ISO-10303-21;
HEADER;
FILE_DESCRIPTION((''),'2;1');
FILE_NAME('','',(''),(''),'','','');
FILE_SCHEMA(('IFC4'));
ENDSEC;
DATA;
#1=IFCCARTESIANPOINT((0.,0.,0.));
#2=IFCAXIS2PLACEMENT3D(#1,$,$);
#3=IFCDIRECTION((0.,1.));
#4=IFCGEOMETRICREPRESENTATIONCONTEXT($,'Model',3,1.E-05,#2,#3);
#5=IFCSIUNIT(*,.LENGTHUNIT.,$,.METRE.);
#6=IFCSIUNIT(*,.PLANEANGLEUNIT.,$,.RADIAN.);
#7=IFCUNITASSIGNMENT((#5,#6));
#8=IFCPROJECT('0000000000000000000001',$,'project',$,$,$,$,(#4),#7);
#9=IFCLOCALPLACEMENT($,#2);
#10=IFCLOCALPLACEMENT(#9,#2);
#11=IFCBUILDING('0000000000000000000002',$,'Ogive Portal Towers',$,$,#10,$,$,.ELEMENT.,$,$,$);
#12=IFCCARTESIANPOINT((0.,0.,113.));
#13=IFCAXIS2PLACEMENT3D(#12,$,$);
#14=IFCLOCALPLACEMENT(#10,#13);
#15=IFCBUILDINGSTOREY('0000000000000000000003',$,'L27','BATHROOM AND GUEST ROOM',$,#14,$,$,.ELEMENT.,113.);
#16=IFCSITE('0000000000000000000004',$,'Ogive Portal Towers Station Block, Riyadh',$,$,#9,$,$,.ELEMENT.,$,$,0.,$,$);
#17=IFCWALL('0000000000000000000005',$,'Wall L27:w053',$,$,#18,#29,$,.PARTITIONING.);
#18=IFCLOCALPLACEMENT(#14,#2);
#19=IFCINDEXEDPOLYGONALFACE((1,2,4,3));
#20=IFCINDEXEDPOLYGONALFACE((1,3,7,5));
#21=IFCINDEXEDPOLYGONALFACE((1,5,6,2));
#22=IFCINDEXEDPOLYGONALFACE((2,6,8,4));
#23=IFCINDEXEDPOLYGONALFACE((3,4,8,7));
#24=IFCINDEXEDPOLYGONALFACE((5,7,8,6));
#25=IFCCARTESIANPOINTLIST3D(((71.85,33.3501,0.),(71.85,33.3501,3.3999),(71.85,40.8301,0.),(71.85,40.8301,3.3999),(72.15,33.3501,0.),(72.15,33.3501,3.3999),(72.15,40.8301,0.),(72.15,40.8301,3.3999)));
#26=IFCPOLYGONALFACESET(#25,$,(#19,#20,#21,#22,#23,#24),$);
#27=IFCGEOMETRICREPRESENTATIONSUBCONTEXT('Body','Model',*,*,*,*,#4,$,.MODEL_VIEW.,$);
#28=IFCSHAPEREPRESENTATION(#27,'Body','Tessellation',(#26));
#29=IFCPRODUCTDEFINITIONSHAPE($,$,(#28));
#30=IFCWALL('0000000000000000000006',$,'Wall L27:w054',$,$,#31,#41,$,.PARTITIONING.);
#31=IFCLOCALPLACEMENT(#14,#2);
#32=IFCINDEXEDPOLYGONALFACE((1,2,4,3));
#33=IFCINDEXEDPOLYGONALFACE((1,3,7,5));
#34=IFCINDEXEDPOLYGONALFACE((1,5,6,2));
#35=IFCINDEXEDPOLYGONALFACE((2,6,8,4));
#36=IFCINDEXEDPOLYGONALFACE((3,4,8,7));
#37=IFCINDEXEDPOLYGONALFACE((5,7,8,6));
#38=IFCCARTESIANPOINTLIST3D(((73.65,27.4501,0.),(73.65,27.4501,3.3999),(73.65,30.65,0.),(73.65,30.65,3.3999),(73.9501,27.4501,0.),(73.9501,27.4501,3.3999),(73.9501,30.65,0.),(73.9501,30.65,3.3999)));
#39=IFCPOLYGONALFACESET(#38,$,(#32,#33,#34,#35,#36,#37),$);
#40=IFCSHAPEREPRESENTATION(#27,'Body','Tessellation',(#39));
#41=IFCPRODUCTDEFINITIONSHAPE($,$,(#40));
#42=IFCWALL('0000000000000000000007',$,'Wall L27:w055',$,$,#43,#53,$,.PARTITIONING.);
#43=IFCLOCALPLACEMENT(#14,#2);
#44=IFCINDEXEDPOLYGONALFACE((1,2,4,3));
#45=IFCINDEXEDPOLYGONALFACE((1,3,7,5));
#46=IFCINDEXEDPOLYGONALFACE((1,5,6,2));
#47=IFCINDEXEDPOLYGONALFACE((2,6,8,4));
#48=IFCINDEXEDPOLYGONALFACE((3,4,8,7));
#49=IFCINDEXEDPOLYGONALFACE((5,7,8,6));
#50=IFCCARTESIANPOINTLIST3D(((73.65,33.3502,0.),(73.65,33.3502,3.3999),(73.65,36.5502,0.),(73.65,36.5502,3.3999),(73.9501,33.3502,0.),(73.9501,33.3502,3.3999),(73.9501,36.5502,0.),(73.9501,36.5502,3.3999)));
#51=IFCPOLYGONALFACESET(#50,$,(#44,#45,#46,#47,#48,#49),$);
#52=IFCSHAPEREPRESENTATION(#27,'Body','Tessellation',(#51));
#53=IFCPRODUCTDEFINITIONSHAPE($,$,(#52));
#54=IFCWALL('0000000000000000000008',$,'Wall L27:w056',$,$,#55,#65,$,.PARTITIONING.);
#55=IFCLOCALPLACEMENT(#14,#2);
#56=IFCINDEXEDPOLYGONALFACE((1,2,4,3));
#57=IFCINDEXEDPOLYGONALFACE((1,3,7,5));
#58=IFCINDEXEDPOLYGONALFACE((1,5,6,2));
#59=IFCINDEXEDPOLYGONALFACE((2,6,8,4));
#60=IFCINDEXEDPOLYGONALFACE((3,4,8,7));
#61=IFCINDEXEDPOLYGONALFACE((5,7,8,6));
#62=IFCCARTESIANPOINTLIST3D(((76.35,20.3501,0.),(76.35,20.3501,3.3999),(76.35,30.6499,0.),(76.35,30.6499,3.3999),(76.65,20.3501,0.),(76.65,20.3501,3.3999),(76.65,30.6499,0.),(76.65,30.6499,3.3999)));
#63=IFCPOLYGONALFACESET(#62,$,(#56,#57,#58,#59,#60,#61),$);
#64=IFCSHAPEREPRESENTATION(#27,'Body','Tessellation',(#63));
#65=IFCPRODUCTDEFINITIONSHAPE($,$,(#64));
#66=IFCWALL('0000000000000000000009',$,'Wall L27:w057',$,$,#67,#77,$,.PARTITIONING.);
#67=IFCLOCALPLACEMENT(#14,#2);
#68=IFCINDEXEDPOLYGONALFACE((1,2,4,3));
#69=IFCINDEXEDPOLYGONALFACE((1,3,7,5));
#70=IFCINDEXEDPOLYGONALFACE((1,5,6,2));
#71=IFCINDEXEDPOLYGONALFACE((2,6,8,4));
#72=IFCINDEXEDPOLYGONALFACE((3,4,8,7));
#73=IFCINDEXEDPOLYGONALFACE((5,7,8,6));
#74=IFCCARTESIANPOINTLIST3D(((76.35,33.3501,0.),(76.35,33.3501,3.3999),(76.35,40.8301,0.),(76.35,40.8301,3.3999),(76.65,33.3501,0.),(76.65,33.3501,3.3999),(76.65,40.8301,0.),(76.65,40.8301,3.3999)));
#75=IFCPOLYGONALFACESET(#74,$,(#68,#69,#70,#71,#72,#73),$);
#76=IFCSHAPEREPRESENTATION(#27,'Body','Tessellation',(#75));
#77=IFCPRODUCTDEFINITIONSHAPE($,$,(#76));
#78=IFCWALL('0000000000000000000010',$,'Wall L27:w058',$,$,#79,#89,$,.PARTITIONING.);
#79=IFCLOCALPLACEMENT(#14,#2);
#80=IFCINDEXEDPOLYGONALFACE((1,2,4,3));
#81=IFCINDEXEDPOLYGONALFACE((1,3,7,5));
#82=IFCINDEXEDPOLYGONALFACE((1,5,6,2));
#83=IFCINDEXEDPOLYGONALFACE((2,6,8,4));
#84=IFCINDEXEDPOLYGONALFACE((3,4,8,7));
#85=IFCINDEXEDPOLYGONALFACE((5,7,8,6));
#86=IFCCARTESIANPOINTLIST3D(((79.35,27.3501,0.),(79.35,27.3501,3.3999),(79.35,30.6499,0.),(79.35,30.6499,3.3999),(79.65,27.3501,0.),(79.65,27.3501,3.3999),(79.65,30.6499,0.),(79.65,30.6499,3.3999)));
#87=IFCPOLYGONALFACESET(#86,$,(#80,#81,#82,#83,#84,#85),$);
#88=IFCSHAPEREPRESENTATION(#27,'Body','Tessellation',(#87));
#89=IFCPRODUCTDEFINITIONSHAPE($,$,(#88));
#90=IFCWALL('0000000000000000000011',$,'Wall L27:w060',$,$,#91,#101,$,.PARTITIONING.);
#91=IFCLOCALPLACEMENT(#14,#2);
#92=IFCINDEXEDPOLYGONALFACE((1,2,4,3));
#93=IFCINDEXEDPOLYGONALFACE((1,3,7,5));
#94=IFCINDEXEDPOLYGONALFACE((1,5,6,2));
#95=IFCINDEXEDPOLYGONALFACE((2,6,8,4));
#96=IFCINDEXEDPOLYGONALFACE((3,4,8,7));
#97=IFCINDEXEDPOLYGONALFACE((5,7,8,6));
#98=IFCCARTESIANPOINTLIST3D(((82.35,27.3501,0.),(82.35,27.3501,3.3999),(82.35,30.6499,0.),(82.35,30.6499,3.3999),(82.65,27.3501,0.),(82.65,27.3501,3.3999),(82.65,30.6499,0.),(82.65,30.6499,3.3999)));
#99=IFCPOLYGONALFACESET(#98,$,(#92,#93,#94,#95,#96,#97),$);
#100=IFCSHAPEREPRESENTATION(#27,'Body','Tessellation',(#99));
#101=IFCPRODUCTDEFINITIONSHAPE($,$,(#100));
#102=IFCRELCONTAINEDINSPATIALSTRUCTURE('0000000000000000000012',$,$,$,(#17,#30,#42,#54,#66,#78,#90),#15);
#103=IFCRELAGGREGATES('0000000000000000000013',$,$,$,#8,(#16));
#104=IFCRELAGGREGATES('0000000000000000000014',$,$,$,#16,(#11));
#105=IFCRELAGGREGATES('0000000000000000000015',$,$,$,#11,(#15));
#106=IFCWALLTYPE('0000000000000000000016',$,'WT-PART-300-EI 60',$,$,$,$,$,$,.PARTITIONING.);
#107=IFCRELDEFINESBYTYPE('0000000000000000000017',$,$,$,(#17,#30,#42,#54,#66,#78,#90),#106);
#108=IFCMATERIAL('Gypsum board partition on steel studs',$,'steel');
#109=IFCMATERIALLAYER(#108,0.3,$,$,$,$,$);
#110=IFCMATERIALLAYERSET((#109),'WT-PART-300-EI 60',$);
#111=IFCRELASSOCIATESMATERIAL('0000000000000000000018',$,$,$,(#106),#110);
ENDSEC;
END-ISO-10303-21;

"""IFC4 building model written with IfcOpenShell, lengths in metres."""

from ifc_helpers import new_model, si_unit, direction, frame, frame_2d, origin, place, context, subcontext, project, spatial, rectangle, extrude, material, layer, layer_set, type_object, element, save


model = new_model("IFC4")

# Units and contexts
model_context = context("Model", 3, precision=1e-05, world=origin(), true_north=direction((0.0, 1.0)))
body_context = subcontext(model_context, "Body", "Model", "MODEL_VIEW")
ifc_project = project(units=[si_unit("LENGTHUNIT", "METRE"), si_unit("PLANEANGLEUNIT", "RADIAN")], contexts=[model_context])

# Site, building, storey
site_placement = place(None, origin())
site = spatial("IfcSite", under=ifc_project, at=site_placement, Name="Ogive Portal Towers Station Block, Riyadh", CompositionType="ELEMENT", RefElevation=0.0)
building_placement = place(site_placement, origin())
building = spatial("IfcBuilding", under=site, at=building_placement, Name="Ogive Portal Towers", CompositionType="ELEMENT")
storey_placement = place(building_placement, frame((0.0, 0.0, 113.0)))
storey = spatial("IfcBuildingStorey", under=building, at=storey_placement, Name="L27", Description="BATHROOM AND GUEST ROOM", CompositionType="ELEMENT", Elevation=113.0)

# Shared definitions
ifc_material_1 = material(Name="Gypsum board partition on steel studs", Category="steel")
ifc_layer = layer(ifc_material_1, 0.3)
ifc_layer_set = layer_set([ifc_layer], Name="WT-PART-300-EI 60")
wall_type = type_object("IfcWallType", Name="WT-PART-300-EI 60", PredefinedType="PARTITIONING", material=ifc_layer_set)

# Walls
wall_1_placement = place(storey_placement, frame((72.0, 33.3501, 0.0), z_axis=(0.0, 0.0, 1.0), x_axis=(0.0, 1.0, 0.0)))
element("IfcWall", 1, at=wall_1_placement, inside=storey, type_object=wall_type, Name="Wall L27:w053", PredefinedType="PARTITIONING", context=body_context, shape_type="SweptSolid", body=[
    extrude(rectangle(XDim=7.48, YDim=0.3, at=frame_2d((3.74, 0.0))), origin(), (0.0, 0.0, 1.0), 3.3999),
])
for number, where, z_axis, x_axis, name in (
    (2, (73.8, 27.45, 0.0), (0.0, 0.0, 1.0), (0.0, 1.0, 0.0), "Wall L27:w054"),
    (3, (73.8, 33.3501, 0.0), (0.0, 0.0, 1.0), (0.0, 1.0, 0.0), "Wall L27:w055"),
):
    element("IfcWall", number, at=place(storey_placement, frame(where, z_axis=z_axis, x_axis=x_axis)), inside=storey, type_object=wall_type, Name=name, PredefinedType="PARTITIONING", context=body_context, shape_type="SweptSolid", body=[
        extrude(rectangle(XDim=3.2, YDim=0.3, at=frame_2d((1.6001, 0.0))), origin(), (0.0, 0.0, 1.0), 3.3999),
    ])
wall_2_placement = place(storey_placement, frame((76.5, 20.3501, 0.0), z_axis=(0.0, 0.0, 1.0), x_axis=(0.0, 1.0, 0.0)))
element("IfcWall", 4, at=wall_2_placement, inside=storey, type_object=wall_type, Name="Wall L27:w056", PredefinedType="PARTITIONING", context=body_context, shape_type="SweptSolid", body=[
    extrude(rectangle(XDim=10.2998, YDim=0.3, at=frame_2d((5.1499, 0.0))), origin(), (0.0, 0.0, 1.0), 3.3999),
])
wall_3_placement = place(storey_placement, frame((76.5, 33.3501, 0.0), z_axis=(0.0, 0.0, 1.0), x_axis=(0.0, 1.0, 0.0)))
element("IfcWall", 5, at=wall_3_placement, inside=storey, type_object=wall_type, Name="Wall L27:w057", PredefinedType="PARTITIONING", context=body_context, shape_type="SweptSolid", body=[
    extrude(rectangle(XDim=7.48, YDim=0.3, at=frame_2d((3.74, 0.0))), origin(), (0.0, 0.0, 1.0), 3.3999),
])
for number, where, z_axis, x_axis, name in (
    (6, (79.5, 27.3501, 0.0), (0.0, 0.0, 1.0), (0.0, 1.0, 0.0), "Wall L27:w058"),
    (7, (82.5, 27.3501, 0.0), (0.0, 0.0, 1.0), (0.0, 1.0, 0.0), "Wall L27:w060"),
):
    element("IfcWall", number, at=place(storey_placement, frame(where, z_axis=z_axis, x_axis=x_axis)), inside=storey, type_object=wall_type, Name=name, PredefinedType="PARTITIONING", context=body_context, shape_type="SweptSolid", body=[
        extrude(rectangle(XDim=3.2998, YDim=0.3, at=frame_2d((1.6499, 0.0))), origin(), (0.0, 0.0, 1.0), 3.3999),
    ])

save(model, "model.ifc")
